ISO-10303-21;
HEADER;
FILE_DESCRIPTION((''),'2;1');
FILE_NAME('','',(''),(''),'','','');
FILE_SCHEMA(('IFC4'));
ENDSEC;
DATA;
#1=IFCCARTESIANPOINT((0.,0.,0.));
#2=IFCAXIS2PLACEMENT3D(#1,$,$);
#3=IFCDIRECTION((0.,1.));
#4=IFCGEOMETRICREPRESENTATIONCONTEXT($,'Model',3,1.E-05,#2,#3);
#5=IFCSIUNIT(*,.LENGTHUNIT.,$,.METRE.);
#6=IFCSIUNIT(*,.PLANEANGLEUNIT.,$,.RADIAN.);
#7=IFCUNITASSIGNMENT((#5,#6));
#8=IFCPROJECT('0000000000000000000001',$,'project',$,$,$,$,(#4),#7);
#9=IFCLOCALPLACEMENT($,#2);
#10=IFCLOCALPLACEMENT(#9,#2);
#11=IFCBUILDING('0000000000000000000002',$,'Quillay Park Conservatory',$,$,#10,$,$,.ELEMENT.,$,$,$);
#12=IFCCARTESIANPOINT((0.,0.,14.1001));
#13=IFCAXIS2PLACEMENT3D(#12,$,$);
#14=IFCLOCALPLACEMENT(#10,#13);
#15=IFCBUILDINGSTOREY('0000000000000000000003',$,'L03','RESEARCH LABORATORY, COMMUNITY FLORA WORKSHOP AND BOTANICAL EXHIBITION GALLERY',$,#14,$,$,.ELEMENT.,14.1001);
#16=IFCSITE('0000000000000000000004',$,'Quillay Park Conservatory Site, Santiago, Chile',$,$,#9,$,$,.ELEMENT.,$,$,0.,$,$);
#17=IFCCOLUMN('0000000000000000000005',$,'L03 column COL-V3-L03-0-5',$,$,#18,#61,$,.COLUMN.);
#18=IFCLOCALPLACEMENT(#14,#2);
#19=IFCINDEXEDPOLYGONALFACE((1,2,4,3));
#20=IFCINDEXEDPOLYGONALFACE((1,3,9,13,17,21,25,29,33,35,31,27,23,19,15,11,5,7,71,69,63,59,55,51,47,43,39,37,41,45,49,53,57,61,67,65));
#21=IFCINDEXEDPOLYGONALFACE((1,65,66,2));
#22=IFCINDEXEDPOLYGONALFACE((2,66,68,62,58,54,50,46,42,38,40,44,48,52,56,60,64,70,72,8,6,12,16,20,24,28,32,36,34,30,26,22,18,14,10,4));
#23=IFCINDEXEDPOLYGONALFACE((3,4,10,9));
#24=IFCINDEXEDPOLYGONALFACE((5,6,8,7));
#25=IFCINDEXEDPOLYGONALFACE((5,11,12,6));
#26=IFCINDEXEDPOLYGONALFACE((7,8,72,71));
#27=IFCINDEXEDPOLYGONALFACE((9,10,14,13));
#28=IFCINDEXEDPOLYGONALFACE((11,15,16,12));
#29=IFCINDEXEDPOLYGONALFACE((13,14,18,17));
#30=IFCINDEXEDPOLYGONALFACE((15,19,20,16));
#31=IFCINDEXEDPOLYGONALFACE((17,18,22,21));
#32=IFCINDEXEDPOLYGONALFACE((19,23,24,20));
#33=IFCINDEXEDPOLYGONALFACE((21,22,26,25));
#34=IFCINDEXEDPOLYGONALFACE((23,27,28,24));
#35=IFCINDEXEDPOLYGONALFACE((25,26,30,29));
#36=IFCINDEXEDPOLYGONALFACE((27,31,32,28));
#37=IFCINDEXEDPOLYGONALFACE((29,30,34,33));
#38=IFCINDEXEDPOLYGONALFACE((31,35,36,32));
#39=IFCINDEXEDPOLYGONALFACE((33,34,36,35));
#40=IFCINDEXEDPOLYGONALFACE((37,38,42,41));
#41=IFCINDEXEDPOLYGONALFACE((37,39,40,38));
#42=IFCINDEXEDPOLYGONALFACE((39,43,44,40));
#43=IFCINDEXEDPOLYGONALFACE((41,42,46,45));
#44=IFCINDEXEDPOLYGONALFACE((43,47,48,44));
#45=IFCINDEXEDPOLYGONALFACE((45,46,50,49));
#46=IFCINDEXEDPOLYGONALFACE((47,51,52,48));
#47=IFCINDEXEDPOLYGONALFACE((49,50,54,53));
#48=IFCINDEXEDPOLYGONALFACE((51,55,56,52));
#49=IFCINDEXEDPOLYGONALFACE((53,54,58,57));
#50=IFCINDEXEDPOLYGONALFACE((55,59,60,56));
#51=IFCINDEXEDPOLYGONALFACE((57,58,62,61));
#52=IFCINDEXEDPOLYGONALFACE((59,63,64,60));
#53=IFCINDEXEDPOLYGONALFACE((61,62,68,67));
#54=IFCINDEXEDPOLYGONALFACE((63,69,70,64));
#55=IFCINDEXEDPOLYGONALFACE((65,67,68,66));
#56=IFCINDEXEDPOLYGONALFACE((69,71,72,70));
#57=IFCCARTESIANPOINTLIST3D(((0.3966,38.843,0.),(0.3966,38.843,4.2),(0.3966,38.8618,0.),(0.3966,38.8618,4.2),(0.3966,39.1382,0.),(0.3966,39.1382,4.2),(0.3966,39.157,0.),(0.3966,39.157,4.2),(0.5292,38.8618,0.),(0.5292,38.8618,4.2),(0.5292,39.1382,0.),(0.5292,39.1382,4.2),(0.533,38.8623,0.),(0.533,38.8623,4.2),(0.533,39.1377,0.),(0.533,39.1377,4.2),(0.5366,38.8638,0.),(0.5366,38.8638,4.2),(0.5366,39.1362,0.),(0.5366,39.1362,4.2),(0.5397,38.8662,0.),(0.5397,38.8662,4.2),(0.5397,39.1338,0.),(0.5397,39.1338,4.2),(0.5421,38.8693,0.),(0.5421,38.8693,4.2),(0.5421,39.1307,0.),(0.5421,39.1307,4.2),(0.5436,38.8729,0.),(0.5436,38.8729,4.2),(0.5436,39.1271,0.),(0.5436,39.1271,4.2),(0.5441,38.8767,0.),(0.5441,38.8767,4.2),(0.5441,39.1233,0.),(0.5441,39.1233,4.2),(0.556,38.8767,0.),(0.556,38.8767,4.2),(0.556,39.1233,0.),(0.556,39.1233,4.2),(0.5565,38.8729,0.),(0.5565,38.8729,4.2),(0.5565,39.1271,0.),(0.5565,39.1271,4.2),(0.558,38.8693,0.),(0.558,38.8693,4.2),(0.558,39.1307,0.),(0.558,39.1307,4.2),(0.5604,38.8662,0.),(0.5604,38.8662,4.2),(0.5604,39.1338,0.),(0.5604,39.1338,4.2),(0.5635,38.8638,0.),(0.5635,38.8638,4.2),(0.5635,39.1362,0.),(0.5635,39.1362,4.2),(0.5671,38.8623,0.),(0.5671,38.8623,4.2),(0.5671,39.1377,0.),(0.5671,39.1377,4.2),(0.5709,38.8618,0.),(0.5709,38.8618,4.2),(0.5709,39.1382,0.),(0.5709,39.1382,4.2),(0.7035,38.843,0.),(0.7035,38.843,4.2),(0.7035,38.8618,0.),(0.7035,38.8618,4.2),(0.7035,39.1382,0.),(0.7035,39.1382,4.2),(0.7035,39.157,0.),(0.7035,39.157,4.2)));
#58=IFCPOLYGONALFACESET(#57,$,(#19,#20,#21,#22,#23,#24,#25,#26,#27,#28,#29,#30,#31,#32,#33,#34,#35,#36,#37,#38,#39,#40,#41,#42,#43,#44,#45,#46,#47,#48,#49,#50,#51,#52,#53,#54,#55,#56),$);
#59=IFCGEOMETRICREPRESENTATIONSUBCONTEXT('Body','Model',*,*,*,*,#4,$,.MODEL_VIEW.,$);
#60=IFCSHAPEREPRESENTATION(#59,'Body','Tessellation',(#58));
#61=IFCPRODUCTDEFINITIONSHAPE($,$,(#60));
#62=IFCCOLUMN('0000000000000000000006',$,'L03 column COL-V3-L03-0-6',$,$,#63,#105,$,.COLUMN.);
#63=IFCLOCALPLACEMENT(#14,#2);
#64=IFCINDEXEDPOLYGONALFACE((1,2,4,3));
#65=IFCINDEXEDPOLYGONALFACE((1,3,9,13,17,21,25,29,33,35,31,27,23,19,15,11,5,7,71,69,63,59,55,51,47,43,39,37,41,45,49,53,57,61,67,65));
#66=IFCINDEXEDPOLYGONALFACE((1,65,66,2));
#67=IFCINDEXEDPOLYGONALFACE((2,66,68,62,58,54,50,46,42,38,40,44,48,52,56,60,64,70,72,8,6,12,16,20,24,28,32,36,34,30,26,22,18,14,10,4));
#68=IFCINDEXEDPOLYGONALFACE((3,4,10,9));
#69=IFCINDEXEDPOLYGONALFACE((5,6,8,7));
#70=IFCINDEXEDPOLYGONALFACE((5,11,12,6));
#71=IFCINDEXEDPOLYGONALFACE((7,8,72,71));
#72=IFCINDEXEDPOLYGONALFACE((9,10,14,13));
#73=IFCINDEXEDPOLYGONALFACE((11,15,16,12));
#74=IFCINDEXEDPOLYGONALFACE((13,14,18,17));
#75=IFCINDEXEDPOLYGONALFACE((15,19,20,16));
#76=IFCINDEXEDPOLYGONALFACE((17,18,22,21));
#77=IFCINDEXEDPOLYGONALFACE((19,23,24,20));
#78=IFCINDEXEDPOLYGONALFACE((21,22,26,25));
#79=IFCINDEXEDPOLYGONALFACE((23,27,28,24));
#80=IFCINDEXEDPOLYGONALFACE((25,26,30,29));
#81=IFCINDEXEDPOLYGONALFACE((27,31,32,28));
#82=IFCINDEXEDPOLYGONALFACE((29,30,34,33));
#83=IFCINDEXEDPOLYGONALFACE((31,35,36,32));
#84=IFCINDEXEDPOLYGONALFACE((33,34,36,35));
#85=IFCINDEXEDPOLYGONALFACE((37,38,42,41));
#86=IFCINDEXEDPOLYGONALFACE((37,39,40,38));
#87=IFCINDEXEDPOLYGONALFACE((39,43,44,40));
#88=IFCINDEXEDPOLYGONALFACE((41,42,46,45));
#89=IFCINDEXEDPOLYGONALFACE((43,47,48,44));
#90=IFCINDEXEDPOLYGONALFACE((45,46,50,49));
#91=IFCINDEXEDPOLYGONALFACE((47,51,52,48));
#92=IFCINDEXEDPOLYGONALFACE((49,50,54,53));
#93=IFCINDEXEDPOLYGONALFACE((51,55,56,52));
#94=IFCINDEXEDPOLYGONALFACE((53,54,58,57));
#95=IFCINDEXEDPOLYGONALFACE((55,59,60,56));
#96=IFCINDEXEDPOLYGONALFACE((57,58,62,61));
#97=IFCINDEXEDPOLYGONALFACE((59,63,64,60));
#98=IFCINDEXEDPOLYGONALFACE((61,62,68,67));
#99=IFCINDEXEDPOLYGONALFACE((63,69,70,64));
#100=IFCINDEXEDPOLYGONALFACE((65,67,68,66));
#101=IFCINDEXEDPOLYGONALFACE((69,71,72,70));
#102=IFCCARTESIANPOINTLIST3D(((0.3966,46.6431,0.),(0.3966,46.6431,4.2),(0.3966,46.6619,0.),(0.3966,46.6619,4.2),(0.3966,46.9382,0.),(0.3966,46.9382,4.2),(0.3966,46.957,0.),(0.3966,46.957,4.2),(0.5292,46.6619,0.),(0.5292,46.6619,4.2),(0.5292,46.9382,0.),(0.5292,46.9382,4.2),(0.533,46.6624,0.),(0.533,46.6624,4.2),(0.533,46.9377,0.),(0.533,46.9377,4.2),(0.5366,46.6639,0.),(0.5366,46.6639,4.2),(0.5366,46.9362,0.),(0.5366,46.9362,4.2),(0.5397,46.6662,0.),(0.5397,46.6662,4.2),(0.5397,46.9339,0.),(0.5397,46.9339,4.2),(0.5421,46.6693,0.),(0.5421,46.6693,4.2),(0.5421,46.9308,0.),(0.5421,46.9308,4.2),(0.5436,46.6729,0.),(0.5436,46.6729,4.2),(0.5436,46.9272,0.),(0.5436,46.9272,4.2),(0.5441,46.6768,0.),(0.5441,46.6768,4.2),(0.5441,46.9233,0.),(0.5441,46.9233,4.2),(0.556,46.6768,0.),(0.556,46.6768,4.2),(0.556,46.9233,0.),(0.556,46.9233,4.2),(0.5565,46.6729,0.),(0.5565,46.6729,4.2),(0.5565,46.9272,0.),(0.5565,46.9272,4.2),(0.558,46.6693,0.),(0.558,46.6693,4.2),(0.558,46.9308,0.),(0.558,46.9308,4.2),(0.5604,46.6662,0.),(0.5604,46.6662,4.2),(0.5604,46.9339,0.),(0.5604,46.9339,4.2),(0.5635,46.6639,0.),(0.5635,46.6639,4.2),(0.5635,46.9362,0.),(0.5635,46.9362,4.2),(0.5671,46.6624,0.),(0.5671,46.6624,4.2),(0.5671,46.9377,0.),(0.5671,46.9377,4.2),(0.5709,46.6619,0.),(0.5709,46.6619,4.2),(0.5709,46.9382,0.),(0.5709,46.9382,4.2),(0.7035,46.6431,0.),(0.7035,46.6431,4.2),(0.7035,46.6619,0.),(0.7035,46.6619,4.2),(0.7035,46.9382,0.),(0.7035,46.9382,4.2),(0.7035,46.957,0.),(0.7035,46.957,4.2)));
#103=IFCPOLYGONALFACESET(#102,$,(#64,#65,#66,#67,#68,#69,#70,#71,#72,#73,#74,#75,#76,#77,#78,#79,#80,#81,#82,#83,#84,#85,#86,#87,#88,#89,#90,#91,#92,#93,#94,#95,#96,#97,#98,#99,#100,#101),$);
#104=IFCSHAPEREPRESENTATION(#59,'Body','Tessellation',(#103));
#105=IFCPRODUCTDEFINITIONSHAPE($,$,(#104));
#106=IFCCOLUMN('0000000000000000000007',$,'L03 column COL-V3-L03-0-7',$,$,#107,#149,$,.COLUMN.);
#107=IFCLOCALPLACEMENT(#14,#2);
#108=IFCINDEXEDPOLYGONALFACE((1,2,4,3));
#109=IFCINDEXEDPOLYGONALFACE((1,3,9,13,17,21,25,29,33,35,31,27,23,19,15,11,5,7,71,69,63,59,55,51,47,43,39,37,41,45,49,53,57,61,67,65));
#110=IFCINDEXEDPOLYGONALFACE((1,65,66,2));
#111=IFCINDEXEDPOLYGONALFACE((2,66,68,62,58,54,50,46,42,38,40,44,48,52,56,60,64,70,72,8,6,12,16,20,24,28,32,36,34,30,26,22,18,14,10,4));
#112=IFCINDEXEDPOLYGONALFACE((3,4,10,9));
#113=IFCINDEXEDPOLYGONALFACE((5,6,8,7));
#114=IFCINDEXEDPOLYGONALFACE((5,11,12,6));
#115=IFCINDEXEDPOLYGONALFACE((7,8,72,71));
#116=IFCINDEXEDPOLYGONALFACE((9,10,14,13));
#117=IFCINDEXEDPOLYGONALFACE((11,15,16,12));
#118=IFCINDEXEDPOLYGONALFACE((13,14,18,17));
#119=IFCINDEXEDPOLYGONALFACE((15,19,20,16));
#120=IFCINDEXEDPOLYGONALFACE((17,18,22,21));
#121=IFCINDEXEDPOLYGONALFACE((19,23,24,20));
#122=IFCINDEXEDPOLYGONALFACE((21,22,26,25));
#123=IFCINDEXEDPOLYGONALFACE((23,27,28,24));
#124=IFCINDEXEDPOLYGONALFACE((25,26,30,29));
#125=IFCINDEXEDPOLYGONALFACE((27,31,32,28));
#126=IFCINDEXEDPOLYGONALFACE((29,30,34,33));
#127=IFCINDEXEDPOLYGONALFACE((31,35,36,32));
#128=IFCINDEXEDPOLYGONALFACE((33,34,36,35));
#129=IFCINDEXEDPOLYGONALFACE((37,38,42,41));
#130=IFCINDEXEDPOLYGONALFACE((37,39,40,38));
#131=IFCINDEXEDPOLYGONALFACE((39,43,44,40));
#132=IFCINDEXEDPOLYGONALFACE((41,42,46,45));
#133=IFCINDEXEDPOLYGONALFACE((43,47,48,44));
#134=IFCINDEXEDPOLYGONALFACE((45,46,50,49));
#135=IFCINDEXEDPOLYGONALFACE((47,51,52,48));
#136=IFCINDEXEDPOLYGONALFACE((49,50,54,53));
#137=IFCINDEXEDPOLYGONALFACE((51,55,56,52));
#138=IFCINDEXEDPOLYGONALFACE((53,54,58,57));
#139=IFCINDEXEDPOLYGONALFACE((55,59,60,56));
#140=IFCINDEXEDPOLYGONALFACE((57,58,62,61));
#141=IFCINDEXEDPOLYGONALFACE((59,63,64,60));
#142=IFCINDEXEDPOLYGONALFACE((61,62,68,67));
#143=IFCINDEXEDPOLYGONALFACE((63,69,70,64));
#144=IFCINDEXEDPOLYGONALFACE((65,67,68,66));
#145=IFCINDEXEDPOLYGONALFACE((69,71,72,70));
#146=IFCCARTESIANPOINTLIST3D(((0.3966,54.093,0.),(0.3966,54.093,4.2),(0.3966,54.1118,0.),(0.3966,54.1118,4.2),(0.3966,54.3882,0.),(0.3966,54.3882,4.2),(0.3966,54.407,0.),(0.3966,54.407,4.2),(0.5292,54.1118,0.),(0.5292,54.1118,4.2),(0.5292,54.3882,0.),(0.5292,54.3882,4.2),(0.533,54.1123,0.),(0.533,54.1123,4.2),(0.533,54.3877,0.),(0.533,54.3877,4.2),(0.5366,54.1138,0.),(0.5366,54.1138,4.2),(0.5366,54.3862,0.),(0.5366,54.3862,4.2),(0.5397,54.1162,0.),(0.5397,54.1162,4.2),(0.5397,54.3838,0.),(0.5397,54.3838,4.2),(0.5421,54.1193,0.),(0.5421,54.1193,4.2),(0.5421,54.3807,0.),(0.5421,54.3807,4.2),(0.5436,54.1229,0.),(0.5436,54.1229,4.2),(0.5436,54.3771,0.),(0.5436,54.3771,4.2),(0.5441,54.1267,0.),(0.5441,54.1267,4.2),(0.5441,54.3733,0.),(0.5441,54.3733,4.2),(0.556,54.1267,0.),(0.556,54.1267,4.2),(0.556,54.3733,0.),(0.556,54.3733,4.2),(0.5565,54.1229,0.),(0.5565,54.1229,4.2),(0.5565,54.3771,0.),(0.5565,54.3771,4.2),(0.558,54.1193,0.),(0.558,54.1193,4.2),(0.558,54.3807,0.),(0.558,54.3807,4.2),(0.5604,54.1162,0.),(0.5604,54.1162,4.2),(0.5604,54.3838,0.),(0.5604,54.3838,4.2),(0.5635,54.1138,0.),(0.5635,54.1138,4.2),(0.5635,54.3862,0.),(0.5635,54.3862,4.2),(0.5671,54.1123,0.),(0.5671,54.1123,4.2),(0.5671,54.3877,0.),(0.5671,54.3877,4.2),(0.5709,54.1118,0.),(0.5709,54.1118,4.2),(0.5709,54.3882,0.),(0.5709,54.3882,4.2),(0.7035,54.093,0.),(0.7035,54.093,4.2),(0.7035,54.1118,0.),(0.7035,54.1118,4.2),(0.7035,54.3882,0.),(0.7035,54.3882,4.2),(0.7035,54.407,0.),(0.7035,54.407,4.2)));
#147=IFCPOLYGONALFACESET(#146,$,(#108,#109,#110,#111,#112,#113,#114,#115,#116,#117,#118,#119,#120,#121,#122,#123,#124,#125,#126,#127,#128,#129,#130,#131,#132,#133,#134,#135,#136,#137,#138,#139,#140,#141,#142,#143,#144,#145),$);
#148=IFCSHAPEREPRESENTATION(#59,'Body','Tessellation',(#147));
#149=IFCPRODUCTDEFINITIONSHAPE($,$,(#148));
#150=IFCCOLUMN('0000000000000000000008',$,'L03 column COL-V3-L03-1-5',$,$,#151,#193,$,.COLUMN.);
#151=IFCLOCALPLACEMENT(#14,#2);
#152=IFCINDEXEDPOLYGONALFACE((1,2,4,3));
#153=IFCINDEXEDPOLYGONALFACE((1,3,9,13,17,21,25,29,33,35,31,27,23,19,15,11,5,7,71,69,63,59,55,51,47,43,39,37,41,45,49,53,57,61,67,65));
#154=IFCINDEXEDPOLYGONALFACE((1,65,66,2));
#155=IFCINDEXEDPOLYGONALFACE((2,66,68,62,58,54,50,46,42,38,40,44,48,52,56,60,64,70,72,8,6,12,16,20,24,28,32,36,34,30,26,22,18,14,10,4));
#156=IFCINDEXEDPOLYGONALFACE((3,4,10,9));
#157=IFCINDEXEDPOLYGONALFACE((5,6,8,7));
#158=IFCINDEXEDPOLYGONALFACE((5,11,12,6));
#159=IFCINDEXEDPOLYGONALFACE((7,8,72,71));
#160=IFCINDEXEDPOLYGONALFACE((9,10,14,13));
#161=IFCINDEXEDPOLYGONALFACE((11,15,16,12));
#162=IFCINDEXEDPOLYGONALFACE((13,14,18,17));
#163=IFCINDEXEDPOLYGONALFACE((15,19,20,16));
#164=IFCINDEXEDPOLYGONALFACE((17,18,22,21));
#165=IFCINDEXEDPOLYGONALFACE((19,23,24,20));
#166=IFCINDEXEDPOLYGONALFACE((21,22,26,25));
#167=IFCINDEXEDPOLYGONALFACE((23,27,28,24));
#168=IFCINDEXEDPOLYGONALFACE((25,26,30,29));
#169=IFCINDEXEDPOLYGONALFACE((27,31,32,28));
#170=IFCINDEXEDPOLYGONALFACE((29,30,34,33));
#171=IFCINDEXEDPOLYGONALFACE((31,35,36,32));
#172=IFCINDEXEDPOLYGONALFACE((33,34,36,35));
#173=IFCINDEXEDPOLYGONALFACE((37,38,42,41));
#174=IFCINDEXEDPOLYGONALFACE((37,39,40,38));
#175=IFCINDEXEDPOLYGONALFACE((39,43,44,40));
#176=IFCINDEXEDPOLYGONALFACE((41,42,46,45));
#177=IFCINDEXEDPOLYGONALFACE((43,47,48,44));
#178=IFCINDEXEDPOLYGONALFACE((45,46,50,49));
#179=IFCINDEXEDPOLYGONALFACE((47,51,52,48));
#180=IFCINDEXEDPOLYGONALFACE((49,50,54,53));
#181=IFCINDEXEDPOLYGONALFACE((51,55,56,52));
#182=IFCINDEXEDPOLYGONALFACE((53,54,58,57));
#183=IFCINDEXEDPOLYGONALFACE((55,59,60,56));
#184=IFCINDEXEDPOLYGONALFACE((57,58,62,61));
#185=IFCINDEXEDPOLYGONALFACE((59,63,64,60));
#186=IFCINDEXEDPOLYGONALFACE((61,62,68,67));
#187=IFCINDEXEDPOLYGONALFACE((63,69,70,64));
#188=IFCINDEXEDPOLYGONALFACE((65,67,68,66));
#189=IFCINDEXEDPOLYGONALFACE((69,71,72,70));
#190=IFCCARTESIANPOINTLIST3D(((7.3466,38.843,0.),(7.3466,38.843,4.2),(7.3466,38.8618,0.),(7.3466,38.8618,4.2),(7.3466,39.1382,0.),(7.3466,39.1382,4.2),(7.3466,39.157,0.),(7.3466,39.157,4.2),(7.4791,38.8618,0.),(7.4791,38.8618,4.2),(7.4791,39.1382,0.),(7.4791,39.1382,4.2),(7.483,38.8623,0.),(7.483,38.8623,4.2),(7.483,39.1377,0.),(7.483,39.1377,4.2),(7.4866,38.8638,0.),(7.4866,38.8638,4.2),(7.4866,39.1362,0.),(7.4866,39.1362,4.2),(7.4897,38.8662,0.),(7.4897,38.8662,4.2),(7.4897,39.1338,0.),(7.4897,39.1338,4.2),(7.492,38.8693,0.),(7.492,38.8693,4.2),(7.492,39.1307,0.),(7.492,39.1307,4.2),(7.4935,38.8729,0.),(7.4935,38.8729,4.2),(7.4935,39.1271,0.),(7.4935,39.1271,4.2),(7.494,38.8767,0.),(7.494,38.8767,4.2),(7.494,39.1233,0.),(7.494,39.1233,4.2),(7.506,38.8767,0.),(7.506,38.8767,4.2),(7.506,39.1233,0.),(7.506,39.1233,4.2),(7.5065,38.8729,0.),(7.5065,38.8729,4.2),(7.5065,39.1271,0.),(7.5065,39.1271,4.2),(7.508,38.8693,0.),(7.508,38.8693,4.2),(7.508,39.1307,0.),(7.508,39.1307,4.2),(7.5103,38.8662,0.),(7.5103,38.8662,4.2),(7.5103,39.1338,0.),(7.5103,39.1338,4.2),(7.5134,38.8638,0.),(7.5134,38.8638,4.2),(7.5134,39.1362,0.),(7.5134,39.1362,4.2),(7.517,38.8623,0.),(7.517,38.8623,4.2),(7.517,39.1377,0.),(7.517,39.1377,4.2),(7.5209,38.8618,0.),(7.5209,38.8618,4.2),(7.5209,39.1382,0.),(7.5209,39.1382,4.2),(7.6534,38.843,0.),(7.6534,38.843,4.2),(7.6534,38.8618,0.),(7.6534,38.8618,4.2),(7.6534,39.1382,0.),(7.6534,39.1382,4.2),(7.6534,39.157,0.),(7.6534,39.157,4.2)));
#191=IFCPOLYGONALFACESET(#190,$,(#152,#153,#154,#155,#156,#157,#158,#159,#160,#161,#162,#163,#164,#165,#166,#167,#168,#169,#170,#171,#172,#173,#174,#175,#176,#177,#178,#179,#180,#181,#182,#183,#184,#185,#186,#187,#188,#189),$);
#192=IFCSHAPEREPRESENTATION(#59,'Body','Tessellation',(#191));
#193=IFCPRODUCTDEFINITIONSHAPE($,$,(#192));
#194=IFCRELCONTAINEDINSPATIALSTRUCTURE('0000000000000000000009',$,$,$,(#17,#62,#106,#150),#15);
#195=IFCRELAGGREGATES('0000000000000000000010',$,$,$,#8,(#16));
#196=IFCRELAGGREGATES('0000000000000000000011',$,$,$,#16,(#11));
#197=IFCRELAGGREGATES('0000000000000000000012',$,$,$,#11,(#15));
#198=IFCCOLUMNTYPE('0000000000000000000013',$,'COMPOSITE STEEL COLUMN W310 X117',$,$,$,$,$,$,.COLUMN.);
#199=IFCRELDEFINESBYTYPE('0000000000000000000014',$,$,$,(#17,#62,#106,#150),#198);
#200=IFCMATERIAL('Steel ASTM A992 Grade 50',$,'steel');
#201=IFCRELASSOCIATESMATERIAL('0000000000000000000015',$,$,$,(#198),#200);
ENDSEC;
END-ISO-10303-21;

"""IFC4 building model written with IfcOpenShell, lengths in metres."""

from ifc_helpers import new_model, si_unit, direction, frame, origin, origin_2d, place, context, subcontext, project, spatial, i_section, extrude, material, material_profile, profile_set, type_object, element, save


model = new_model("IFC4")

# Units and contexts
model_context = context("Model", 3, precision=1e-05, world=origin(), true_north=direction((0.0, 1.0)))
body_context = subcontext(model_context, "Body", "Model", "MODEL_VIEW")
ifc_project = project(units=[si_unit("LENGTHUNIT", "METRE"), si_unit("PLANEANGLEUNIT", "RADIAN")], contexts=[model_context])

# Site, building, storey
site_placement = place(None, origin())
site = spatial("IfcSite", under=ifc_project, at=site_placement, Name="Quillay Park Conservatory Site, Santiago, Chile", CompositionType="ELEMENT", RefElevation=0.0)
building_placement = place(site_placement, origin())
building = spatial("IfcBuilding", under=site, at=building_placement, Name="Quillay Park Conservatory", CompositionType="ELEMENT")
storey_placement = place(building_placement, frame((0.0, 0.0, 14.1001)))
storey = spatial("IfcBuildingStorey", under=building, at=storey_placement, Name="L03", Description="RESEARCH LABORATORY, COMMUNITY FLORA WORKSHOP AND BOTANICAL EXHIBITION GALLERY", CompositionType="ELEMENT", Elevation=14.1001)

# Columns
ifc_material_1 = material(Name="Steel ASTM A992 Grade 50", Category="steel")
ifc_material_profile_1 = material_profile(ifc_material_1, i_section(OverallWidth=0.3069, OverallDepth=0.314, WebThickness=0.012, FlangeThickness=0.0188, FilletRadius=0.0149, at=origin_2d()), Name="W310x117")
ifc_profile_set_1 = profile_set([ifc_material_profile_1], Name="Steel ASTM A992 Grade 50")
column_type = type_object("IfcColumnType", Name="COMPOSITE STEEL COLUMN W310 X117", PredefinedType="COLUMN", material=ifc_profile_set_1)
for number, where, z_axis, x_axis, name in (
    (1, (0.55, 39.0, 0.0), (0.0, 0.0, 1.0), (1.0, 0.0, 0.0), "L03 column COL-V3-L03-0-5"),
    (2, (0.55, 46.8, 0.0), (0.0, 0.0, 1.0), (1.0, 0.0, 0.0), "L03 column COL-V3-L03-0-6"),
    (3, (0.55, 54.25, 0.0), (0.0, 0.0, 1.0), (1.0, 0.0, 0.0), "L03 column COL-V3-L03-0-7"),
    (4, (7.5, 39.0, 0.0), (0.0, 0.0, 1.0), (1.0, 0.0, 0.0), "L03 column COL-V3-L03-1-5"),
):
    element("IfcColumn", number, at=place(storey_placement, frame(where, z_axis=z_axis, x_axis=x_axis)), inside=storey, type_object=column_type, Name=name, PredefinedType="COLUMN", context=body_context, shape_type="SweptSolid", body=[
        extrude(i_section(OverallWidth=0.3069, OverallDepth=0.314, WebThickness=0.012, FlangeThickness=0.0188, FilletRadius=0.0149, at=origin_2d()), origin(), (0.0, 0.0, 1.0), 4.2),
    ])

save(model, "model.ifc")
